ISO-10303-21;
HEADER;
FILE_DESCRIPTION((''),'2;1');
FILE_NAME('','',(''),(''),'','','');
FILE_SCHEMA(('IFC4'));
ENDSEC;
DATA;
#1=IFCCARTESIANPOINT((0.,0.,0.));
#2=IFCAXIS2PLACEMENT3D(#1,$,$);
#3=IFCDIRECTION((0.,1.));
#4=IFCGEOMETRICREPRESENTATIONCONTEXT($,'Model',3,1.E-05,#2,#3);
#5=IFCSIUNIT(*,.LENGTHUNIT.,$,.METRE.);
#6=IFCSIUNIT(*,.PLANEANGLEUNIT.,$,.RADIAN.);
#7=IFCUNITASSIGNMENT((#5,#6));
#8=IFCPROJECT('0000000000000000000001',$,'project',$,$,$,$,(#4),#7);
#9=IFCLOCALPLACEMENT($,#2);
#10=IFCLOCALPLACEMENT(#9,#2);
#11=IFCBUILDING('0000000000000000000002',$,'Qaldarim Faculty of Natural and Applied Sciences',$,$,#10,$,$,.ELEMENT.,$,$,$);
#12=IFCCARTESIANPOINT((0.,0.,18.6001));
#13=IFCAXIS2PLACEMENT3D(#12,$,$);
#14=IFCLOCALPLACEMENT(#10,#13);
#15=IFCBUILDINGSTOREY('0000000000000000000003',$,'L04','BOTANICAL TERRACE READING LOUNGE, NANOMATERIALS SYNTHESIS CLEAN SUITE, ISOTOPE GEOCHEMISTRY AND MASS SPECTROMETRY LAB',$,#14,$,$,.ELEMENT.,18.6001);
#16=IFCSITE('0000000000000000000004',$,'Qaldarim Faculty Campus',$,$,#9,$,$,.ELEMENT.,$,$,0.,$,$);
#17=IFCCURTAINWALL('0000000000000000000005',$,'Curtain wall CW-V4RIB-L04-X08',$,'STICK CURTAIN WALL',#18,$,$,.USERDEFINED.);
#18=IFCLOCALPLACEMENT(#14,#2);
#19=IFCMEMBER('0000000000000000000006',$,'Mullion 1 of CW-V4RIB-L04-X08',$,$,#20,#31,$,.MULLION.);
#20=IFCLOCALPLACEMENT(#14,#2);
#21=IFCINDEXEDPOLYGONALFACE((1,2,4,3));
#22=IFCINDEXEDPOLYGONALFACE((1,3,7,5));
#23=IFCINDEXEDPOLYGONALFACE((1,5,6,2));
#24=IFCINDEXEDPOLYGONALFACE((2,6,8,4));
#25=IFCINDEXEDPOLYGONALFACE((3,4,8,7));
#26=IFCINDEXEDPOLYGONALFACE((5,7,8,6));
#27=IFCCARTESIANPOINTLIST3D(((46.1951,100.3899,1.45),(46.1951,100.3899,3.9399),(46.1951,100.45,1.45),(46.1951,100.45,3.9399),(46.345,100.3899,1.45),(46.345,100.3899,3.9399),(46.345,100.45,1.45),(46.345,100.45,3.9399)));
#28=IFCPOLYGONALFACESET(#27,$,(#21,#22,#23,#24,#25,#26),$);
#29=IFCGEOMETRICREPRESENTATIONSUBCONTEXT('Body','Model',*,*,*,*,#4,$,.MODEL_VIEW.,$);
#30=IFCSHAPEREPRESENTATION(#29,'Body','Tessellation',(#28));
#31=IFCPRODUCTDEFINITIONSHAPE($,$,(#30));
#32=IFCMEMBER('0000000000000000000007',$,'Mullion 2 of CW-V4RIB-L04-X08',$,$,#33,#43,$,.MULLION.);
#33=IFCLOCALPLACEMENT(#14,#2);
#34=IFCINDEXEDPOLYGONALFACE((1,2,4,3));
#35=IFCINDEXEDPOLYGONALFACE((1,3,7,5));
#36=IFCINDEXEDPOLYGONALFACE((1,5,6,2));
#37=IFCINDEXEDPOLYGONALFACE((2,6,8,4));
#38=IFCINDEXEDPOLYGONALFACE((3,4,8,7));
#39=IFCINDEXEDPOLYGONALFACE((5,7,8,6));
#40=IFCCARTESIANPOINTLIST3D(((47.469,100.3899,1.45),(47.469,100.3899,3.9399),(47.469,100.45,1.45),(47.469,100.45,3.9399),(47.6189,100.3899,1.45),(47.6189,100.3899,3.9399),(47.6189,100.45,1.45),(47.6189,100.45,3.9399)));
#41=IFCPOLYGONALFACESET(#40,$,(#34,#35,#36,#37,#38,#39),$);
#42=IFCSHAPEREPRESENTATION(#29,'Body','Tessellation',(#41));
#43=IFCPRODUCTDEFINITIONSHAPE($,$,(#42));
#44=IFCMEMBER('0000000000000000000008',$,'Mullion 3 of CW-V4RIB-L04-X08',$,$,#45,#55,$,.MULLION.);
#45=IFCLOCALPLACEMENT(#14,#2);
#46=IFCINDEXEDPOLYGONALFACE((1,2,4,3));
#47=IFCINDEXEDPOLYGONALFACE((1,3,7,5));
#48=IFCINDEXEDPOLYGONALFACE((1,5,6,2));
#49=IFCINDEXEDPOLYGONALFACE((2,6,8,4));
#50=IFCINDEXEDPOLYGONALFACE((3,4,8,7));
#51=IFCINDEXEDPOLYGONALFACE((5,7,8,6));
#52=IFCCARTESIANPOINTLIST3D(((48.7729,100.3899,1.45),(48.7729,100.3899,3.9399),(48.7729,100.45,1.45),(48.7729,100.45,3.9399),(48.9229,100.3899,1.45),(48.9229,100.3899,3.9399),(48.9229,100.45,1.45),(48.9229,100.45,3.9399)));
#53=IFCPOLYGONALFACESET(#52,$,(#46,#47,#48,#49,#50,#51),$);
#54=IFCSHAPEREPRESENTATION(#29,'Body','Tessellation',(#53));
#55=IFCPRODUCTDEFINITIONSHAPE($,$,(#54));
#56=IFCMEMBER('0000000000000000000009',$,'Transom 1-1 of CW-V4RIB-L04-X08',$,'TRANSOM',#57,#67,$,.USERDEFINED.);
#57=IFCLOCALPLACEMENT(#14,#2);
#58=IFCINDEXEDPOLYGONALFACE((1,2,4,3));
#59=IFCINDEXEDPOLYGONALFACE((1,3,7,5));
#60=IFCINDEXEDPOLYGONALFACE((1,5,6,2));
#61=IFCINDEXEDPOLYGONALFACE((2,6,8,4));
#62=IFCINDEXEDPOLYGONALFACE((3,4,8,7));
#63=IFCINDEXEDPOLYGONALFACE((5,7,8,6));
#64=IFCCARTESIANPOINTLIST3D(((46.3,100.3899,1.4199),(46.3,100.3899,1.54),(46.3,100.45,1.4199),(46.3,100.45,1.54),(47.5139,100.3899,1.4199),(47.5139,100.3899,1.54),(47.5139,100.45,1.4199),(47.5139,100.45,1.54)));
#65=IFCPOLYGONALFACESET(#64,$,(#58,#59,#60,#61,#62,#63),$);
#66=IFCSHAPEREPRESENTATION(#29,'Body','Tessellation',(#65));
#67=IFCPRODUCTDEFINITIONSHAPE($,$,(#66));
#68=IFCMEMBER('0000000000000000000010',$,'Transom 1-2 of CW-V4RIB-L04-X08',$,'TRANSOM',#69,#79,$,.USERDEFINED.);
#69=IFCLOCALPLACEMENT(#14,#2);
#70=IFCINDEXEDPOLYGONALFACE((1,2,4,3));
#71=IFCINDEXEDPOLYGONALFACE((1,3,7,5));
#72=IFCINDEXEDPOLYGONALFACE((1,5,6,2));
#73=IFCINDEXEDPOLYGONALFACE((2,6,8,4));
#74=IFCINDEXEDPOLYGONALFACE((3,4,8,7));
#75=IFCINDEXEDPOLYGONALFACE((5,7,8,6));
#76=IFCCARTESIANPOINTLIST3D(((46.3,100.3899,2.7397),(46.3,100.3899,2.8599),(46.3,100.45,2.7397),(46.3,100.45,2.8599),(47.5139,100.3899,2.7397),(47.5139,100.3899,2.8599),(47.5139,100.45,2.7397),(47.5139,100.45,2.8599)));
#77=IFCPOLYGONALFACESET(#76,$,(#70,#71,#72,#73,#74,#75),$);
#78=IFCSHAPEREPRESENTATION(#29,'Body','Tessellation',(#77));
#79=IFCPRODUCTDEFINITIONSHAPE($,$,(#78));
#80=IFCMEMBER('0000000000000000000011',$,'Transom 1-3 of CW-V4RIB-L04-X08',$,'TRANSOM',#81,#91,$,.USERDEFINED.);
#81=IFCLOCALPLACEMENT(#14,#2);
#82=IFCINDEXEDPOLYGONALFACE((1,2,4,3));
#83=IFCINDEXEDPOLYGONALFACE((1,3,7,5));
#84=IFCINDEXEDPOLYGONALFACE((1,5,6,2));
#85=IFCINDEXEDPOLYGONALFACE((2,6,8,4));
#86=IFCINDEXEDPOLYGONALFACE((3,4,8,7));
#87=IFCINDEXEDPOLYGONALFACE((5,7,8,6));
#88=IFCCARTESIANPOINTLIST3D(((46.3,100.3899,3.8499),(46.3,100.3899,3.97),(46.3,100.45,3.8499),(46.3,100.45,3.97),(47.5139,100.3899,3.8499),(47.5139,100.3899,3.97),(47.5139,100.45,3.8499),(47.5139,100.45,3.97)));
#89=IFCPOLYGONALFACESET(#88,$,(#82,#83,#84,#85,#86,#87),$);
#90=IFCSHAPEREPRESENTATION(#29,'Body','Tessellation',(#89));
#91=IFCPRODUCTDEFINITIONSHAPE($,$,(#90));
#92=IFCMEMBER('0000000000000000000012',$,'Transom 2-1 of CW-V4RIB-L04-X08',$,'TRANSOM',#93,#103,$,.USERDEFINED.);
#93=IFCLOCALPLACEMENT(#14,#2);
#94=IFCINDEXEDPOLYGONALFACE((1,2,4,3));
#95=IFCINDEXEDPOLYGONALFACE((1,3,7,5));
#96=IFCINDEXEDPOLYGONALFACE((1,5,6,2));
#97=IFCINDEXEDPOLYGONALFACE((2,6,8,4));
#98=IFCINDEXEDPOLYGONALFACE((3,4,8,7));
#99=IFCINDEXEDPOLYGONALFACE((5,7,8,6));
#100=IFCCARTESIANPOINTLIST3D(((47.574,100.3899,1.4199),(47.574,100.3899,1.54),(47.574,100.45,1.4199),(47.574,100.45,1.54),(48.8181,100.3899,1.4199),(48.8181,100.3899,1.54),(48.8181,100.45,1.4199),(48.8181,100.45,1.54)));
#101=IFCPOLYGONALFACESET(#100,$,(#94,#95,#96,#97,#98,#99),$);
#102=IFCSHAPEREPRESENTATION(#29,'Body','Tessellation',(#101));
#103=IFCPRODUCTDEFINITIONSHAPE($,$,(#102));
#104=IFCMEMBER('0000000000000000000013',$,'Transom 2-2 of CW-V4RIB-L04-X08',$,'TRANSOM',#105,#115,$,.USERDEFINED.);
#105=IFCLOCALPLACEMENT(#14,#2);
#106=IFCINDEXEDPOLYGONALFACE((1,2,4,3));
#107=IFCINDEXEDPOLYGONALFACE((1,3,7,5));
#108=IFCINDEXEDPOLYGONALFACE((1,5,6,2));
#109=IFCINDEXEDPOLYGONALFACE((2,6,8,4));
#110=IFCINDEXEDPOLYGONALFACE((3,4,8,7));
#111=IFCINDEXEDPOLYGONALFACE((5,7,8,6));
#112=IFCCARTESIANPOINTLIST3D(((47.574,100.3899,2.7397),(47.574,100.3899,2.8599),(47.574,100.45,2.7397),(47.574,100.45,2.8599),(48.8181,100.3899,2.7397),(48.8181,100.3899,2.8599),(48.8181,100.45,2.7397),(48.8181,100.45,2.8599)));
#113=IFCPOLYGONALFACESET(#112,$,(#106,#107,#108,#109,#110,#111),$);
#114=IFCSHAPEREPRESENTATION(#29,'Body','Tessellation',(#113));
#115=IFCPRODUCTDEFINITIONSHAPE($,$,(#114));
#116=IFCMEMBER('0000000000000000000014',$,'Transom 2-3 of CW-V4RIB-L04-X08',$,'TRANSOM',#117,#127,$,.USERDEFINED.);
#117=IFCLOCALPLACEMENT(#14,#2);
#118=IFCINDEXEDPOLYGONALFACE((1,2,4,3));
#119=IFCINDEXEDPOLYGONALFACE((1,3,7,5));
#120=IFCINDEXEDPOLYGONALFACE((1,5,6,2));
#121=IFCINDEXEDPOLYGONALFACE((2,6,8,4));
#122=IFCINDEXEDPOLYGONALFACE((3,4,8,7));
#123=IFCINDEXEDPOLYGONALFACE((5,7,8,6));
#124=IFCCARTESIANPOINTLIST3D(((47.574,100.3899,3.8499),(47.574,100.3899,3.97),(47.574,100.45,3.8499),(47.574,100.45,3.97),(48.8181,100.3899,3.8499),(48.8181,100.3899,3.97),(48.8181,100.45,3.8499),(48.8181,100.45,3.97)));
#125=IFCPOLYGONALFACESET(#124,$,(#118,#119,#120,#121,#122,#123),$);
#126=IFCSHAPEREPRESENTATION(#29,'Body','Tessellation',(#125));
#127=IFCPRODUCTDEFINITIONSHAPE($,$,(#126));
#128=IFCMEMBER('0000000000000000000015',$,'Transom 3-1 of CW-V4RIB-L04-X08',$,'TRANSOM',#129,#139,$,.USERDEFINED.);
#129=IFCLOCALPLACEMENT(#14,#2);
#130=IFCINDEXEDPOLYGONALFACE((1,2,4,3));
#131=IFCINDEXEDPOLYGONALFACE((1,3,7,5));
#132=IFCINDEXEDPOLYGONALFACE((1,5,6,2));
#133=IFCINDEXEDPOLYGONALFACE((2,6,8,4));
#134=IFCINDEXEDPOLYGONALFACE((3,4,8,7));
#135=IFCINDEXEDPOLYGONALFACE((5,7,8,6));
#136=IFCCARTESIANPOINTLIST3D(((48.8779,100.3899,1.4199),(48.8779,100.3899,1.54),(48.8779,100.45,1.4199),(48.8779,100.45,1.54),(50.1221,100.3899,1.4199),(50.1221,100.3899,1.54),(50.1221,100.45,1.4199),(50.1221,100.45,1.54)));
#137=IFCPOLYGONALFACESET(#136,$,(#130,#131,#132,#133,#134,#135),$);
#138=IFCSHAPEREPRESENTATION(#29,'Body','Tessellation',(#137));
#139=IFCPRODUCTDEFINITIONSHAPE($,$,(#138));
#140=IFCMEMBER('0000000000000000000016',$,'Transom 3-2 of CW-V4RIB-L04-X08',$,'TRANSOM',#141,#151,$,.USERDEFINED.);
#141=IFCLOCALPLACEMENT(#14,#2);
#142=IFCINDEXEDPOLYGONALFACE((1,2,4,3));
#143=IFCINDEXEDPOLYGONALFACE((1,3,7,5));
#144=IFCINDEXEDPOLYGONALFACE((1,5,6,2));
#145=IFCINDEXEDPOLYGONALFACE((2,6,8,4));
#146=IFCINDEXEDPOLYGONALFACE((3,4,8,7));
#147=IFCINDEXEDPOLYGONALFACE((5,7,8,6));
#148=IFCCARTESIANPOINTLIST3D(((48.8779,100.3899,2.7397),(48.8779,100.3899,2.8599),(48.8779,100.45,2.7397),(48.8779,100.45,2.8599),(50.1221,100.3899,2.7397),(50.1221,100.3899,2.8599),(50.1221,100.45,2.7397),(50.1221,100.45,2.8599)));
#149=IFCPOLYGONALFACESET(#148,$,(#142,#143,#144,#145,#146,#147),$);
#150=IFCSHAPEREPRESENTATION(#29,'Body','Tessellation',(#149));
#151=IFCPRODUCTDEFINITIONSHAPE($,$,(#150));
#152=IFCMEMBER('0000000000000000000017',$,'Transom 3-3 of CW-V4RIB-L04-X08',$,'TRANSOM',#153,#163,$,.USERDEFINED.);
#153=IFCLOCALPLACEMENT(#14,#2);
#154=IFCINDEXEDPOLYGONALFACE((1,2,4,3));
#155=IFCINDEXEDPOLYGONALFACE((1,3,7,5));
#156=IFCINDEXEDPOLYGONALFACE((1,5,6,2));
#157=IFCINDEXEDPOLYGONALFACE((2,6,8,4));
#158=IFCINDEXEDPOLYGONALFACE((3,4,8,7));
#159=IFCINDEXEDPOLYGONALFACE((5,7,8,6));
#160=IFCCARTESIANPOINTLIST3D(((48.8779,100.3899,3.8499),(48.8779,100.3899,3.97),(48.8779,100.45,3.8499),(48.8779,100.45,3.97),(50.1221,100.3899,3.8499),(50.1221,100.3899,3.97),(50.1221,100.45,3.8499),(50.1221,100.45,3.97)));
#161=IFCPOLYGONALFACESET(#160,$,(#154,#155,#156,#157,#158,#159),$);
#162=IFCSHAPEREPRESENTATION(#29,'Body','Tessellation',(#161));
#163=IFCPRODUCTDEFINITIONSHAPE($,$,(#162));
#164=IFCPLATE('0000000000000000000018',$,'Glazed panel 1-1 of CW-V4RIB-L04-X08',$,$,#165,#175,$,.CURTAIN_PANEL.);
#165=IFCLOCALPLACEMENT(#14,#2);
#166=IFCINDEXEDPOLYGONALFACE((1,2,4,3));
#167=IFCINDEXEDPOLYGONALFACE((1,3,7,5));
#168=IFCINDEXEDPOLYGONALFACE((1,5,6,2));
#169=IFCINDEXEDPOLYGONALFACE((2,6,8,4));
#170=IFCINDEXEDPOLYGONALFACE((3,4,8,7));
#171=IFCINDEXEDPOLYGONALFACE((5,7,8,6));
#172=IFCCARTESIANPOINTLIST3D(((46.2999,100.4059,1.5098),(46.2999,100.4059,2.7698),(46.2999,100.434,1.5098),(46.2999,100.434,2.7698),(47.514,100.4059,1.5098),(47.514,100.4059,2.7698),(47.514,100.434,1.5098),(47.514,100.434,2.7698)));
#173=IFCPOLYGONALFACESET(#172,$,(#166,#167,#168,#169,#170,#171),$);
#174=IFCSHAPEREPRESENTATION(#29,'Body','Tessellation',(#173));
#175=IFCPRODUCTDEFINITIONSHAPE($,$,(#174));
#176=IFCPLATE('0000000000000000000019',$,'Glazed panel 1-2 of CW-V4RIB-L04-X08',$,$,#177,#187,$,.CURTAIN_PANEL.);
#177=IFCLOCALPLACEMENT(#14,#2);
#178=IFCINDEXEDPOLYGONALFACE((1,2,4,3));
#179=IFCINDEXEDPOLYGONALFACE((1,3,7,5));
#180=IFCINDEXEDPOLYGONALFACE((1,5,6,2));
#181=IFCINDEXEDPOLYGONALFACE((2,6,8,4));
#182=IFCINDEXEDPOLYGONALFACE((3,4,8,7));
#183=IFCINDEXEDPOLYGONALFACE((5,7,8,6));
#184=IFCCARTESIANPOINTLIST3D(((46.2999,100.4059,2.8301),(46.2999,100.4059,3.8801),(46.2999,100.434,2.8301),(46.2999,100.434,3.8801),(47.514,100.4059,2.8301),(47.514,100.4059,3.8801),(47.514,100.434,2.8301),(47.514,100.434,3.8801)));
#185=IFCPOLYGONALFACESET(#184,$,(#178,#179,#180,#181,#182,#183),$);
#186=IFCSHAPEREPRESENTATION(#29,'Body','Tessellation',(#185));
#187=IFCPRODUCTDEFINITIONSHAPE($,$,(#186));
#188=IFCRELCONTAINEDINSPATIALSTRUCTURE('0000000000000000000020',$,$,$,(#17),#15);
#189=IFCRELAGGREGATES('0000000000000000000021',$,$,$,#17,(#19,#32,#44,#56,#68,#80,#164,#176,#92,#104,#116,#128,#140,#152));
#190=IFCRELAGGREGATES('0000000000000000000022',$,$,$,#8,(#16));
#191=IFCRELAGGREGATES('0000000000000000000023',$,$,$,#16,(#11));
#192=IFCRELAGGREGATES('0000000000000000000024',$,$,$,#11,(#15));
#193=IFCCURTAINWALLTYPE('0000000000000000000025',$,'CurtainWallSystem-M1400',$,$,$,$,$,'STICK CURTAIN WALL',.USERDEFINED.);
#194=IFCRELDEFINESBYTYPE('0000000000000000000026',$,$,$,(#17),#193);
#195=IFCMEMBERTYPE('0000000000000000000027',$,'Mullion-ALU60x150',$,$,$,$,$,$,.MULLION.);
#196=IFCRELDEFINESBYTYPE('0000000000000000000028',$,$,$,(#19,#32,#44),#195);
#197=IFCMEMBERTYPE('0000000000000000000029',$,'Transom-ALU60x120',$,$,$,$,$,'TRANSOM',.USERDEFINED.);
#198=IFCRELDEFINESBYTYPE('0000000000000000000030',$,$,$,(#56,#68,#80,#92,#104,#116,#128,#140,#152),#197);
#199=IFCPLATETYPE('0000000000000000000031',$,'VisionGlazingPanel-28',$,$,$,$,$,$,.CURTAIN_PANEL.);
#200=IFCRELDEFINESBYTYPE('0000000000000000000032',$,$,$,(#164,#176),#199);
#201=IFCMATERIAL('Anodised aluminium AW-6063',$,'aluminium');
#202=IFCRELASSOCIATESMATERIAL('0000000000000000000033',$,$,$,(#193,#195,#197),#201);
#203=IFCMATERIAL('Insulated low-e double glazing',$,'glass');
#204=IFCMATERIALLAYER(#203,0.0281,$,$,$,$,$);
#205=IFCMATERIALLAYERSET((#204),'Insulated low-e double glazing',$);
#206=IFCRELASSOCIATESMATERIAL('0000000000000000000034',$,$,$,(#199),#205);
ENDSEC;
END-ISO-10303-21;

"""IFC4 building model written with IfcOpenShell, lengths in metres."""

from ifc_helpers import new_model, si_unit, direction, frame, origin, origin_2d, place, context, subcontext, project, spatial, rectangle, extrude, material, layer, layer_set, material_profile, profile_set, type_object, element, aggregate, save


model = new_model("IFC4")

# Units and contexts
model_context = context("Model", 3, precision=1e-05, world=origin(), true_north=direction((0.0, 1.0)))
body_context = subcontext(model_context, "Body", "Model", "MODEL_VIEW")
ifc_project = project(units=[si_unit("LENGTHUNIT", "METRE"), si_unit("PLANEANGLEUNIT", "RADIAN")], contexts=[model_context])

# Site, building, storey
site_placement = place(None, origin())
site = spatial("IfcSite", under=ifc_project, at=site_placement, Name="Qaldarim Faculty Campus", CompositionType="ELEMENT", RefElevation=0.0)
building_placement = place(site_placement, origin())
building = spatial("IfcBuilding", under=site, at=building_placement, Name="Qaldarim Faculty of Natural and Applied Sciences", CompositionType="ELEMENT")
storey_placement = place(building_placement, frame((0.0, 0.0, 18.6001)))
storey = spatial("IfcBuildingStorey", under=building, at=storey_placement, Name="L04", Description="BOTANICAL TERRACE READING LOUNGE, NANOMATERIALS SYNTHESIS CLEAN SUITE, ISOTOPE GEOCHEMISTRY AND MASS SPECTROMETRY LAB", CompositionType="ELEMENT", Elevation=18.6001)

# Curtain wall, members, plates
ifc_material_1 = material(Name="Anodised aluminium AW-6063", Category="aluminium")
curtain_wall_type = type_object("IfcCurtainWallType", Name="CurtainWallSystem-M1400", ElementType="STICK CURTAIN WALL", PredefinedType="USERDEFINED", material=ifc_material_1)
curtain_wall_placement = place(storey_placement, origin())
curtain_wall = element("IfcCurtainWall", 1, at=curtain_wall_placement, inside=storey, type_object=curtain_wall_type, Name="Curtain wall CW-V4RIB-L04-X08", ObjectType="STICK CURTAIN WALL", PredefinedType="USERDEFINED")
ifc_material_profile_1 = material_profile(ifc_material_1, rectangle(XDim=0.0601, YDim=0.1499, at=origin_2d()), Name="ALU-M60x150")
ifc_profile_set_1 = profile_set([ifc_material_profile_1], Name="Anodised aluminium AW-6063")
member_type_1 = type_object("IfcMemberType", Name="Mullion-ALU60x150", PredefinedType="MULLION", material=ifc_profile_set_1)
member_1_placement = place(storey_placement, frame((46.27, 100.4199, 1.45), z_axis=(0.0, 0.0, 1.0), x_axis=(0.0, 1.0, 0.0)))
member_1 = element("IfcMember", 2, at=member_1_placement, type_object=member_type_1, Name="Mullion 1 of CW-V4RIB-L04-X08", PredefinedType="MULLION", context=body_context, shape_type="SweptSolid", body=[
    extrude(rectangle(XDim=0.0601, YDim=0.1499, at=origin_2d()), origin(), (0.0, 0.0, 1.0), 2.49),
])
member_2_placement = place(storey_placement, frame((47.5439, 100.4199, 1.45), z_axis=(0.0, 0.0, 1.0), x_axis=(0.0, 1.0, 0.0)))
member_2 = element("IfcMember", 3, at=member_2_placement, type_object=member_type_1, Name="Mullion 2 of CW-V4RIB-L04-X08", PredefinedType="MULLION", context=body_context, shape_type="SweptSolid", body=[
    extrude(rectangle(XDim=0.0601, YDim=0.1499, at=origin_2d()), origin(), (0.0, 0.0, 1.0), 2.49),
])
member_3_placement = place(storey_placement, frame((48.8479, 100.4199, 1.45), z_axis=(0.0, 0.0, 1.0), x_axis=(0.0, 1.0, 0.0)))
member_3 = element("IfcMember", 4, at=member_3_placement, type_object=member_type_1, Name="Mullion 3 of CW-V4RIB-L04-X08", PredefinedType="MULLION", context=body_context, shape_type="SweptSolid", body=[
    extrude(rectangle(XDim=0.0601, YDim=0.1499, at=origin_2d()), origin(), (0.0, 0.0, 1.0), 2.49),
])
ifc_material_profile_2 = material_profile(ifc_material_1, rectangle(XDim=0.0601, YDim=0.1201, at=origin_2d()), Name="ALU-T60x120")
ifc_profile_set_2 = profile_set([ifc_material_profile_2], Name="Anodised aluminium AW-6063")
member_type_2 = type_object("IfcMemberType", Name="Transom-ALU60x120", ElementType="TRANSOM", PredefinedType="USERDEFINED", material=ifc_profile_set_2)
member_4_placement = place(storey_placement, frame((46.3, 100.4199, 1.48), z_axis=(1.0, 0.0, 0.0), x_axis=(0.0, 1.0, 0.0)))
member_4 = element("IfcMember", 5, at=member_4_placement, type_object=member_type_2, Name="Transom 1-1 of CW-V4RIB-L04-X08", ObjectType="TRANSOM", PredefinedType="USERDEFINED", context=body_context, shape_type="SweptSolid", body=[
    extrude(rectangle(XDim=0.0601, YDim=0.1201, at=origin_2d()), origin(), (0.0, 0.0, 1.0), 1.2139),
])
member_5_placement = place(storey_placement, frame((46.3, 100.4199, 2.7998), z_axis=(1.0, 0.0, 0.0), x_axis=(0.0, 1.0, 0.0)))
member_5 = element("IfcMember", 6, at=member_5_placement, type_object=member_type_2, Name="Transom 1-2 of CW-V4RIB-L04-X08", ObjectType="TRANSOM", PredefinedType="USERDEFINED", context=body_context, shape_type="SweptSolid", body=[
    extrude(rectangle(XDim=0.0601, YDim=0.1201, at=origin_2d()), origin(), (0.0, 0.0, 1.0), 1.2139),
])
member_6_placement = place(storey_placement, frame((46.3, 100.4199, 3.9099), z_axis=(1.0, 0.0, 0.0), x_axis=(0.0, 1.0, 0.0)))
member_6 = element("IfcMember", 7, at=member_6_placement, type_object=member_type_2, Name="Transom 1-3 of CW-V4RIB-L04-X08", ObjectType="TRANSOM", PredefinedType="USERDEFINED", context=body_context, shape_type="SweptSolid", body=[
    extrude(rectangle(XDim=0.0601, YDim=0.1201, at=origin_2d()), origin(), (0.0, 0.0, 1.0), 1.2139),
])
member_7_placement = place(storey_placement, frame((47.574, 100.4199, 1.48), z_axis=(1.0, 0.0, 0.0), x_axis=(0.0, 1.0, 0.0)))
member_7 = element("IfcMember", 8, at=member_7_placement, type_object=member_type_2, Name="Transom 2-1 of CW-V4RIB-L04-X08", ObjectType="TRANSOM", PredefinedType="USERDEFINED", context=body_context, shape_type="SweptSolid", body=[
    extrude(rectangle(XDim=0.0601, YDim=0.1201, at=origin_2d()), origin(), (0.0, 0.0, 1.0), 1.2441),
])
member_8_placement = place(storey_placement, frame((47.574, 100.4199, 2.7998), z_axis=(1.0, 0.0, 0.0), x_axis=(0.0, 1.0, 0.0)))
member_8 = element("IfcMember", 9, at=member_8_placement, type_object=member_type_2, Name="Transom 2-2 of CW-V4RIB-L04-X08", ObjectType="TRANSOM", PredefinedType="USERDEFINED", context=body_context, shape_type="SweptSolid", body=[
    extrude(rectangle(XDim=0.0601, YDim=0.1201, at=origin_2d()), origin(), (0.0, 0.0, 1.0), 1.2441),
])
member_9_placement = place(storey_placement, frame((47.574, 100.4199, 3.9099), z_axis=(1.0, 0.0, 0.0), x_axis=(0.0, 1.0, 0.0)))
member_9 = element("IfcMember", 10, at=member_9_placement, type_object=member_type_2, Name="Transom 2-3 of CW-V4RIB-L04-X08", ObjectType="TRANSOM", PredefinedType="USERDEFINED", context=body_context, shape_type="SweptSolid", body=[
    extrude(rectangle(XDim=0.0601, YDim=0.1201, at=origin_2d()), origin(), (0.0, 0.0, 1.0), 1.2441),
])
member_10_placement = place(storey_placement, frame((48.8779, 100.4199, 1.48), z_axis=(1.0, 0.0, 0.0), x_axis=(0.0, 1.0, 0.0)))
member_10 = element("IfcMember", 11, at=member_10_placement, type_object=member_type_2, Name="Transom 3-1 of CW-V4RIB-L04-X08", ObjectType="TRANSOM", PredefinedType="USERDEFINED", context=body_context, shape_type="SweptSolid", body=[
    extrude(rectangle(XDim=0.0601, YDim=0.1201, at=origin_2d()), origin(), (0.0, 0.0, 1.0), 1.2441),
])
member_11_placement = place(storey_placement, frame((48.8779, 100.4199, 2.7998), z_axis=(1.0, 0.0, 0.0), x_axis=(0.0, 1.0, 0.0)))
member_11 = element("IfcMember", 12, at=member_11_placement, type_object=member_type_2, Name="Transom 3-2 of CW-V4RIB-L04-X08", ObjectType="TRANSOM", PredefinedType="USERDEFINED", context=body_context, shape_type="SweptSolid", body=[
    extrude(rectangle(XDim=0.0601, YDim=0.1201, at=origin_2d()), origin(), (0.0, 0.0, 1.0), 1.2441),
])
member_12_placement = place(storey_placement, frame((48.8779, 100.4199, 3.9099), z_axis=(1.0, 0.0, 0.0), x_axis=(0.0, 1.0, 0.0)))
member_12 = element("IfcMember", 13, at=member_12_placement, type_object=member_type_2, Name="Transom 3-3 of CW-V4RIB-L04-X08", ObjectType="TRANSOM", PredefinedType="USERDEFINED", context=body_context, shape_type="SweptSolid", body=[
    extrude(rectangle(XDim=0.0601, YDim=0.1201, at=origin_2d()), origin(), (0.0, 0.0, 1.0), 1.2441),
])
ifc_material_2 = material(Name="Insulated low-e double glazing", Category="glass")
ifc_layer_1 = layer(ifc_material_2, 0.0281)
ifc_layer_set_1 = layer_set([ifc_layer_1], Name="Insulated low-e double glazing")
plate_type = type_object("IfcPlateType", Name="VisionGlazingPanel-28", PredefinedType="CURTAIN_PANEL", material=ifc_layer_set_1)
plate_1_placement = place(storey_placement, frame((46.907, 100.4199, 1.5098), z_axis=(0.0, 0.0, 1.0), x_axis=(1.0, 0.0, 0.0)))
plate_1 = element("IfcPlate", 14, at=plate_1_placement, type_object=plate_type, Name="Glazed panel 1-1 of CW-V4RIB-L04-X08", PredefinedType="CURTAIN_PANEL", context=body_context, shape_type="SweptSolid", body=[
    extrude(rectangle(XDim=1.2141, YDim=0.0281, at=origin_2d()), origin(), (0.0, 0.0, 1.0), 1.26),
])
plate_2_placement = place(storey_placement, frame((46.907, 100.4199, 2.8301), z_axis=(0.0, 0.0, 1.0), x_axis=(1.0, 0.0, 0.0)))
plate_2 = element("IfcPlate", 15, at=plate_2_placement, type_object=plate_type, Name="Glazed panel 1-2 of CW-V4RIB-L04-X08", PredefinedType="CURTAIN_PANEL", context=body_context, shape_type="SweptSolid", body=[
    extrude(rectangle(XDim=1.2141, YDim=0.0281, at=origin_2d()), origin(), (0.0, 0.0, 1.0), 1.05),
])
aggregate(curtain_wall, [member_1, member_2, member_3, member_4, member_5, member_6, plate_1, plate_2, member_7, member_8, member_9, member_10, member_11, member_12])

save(model, "model.ifc")
